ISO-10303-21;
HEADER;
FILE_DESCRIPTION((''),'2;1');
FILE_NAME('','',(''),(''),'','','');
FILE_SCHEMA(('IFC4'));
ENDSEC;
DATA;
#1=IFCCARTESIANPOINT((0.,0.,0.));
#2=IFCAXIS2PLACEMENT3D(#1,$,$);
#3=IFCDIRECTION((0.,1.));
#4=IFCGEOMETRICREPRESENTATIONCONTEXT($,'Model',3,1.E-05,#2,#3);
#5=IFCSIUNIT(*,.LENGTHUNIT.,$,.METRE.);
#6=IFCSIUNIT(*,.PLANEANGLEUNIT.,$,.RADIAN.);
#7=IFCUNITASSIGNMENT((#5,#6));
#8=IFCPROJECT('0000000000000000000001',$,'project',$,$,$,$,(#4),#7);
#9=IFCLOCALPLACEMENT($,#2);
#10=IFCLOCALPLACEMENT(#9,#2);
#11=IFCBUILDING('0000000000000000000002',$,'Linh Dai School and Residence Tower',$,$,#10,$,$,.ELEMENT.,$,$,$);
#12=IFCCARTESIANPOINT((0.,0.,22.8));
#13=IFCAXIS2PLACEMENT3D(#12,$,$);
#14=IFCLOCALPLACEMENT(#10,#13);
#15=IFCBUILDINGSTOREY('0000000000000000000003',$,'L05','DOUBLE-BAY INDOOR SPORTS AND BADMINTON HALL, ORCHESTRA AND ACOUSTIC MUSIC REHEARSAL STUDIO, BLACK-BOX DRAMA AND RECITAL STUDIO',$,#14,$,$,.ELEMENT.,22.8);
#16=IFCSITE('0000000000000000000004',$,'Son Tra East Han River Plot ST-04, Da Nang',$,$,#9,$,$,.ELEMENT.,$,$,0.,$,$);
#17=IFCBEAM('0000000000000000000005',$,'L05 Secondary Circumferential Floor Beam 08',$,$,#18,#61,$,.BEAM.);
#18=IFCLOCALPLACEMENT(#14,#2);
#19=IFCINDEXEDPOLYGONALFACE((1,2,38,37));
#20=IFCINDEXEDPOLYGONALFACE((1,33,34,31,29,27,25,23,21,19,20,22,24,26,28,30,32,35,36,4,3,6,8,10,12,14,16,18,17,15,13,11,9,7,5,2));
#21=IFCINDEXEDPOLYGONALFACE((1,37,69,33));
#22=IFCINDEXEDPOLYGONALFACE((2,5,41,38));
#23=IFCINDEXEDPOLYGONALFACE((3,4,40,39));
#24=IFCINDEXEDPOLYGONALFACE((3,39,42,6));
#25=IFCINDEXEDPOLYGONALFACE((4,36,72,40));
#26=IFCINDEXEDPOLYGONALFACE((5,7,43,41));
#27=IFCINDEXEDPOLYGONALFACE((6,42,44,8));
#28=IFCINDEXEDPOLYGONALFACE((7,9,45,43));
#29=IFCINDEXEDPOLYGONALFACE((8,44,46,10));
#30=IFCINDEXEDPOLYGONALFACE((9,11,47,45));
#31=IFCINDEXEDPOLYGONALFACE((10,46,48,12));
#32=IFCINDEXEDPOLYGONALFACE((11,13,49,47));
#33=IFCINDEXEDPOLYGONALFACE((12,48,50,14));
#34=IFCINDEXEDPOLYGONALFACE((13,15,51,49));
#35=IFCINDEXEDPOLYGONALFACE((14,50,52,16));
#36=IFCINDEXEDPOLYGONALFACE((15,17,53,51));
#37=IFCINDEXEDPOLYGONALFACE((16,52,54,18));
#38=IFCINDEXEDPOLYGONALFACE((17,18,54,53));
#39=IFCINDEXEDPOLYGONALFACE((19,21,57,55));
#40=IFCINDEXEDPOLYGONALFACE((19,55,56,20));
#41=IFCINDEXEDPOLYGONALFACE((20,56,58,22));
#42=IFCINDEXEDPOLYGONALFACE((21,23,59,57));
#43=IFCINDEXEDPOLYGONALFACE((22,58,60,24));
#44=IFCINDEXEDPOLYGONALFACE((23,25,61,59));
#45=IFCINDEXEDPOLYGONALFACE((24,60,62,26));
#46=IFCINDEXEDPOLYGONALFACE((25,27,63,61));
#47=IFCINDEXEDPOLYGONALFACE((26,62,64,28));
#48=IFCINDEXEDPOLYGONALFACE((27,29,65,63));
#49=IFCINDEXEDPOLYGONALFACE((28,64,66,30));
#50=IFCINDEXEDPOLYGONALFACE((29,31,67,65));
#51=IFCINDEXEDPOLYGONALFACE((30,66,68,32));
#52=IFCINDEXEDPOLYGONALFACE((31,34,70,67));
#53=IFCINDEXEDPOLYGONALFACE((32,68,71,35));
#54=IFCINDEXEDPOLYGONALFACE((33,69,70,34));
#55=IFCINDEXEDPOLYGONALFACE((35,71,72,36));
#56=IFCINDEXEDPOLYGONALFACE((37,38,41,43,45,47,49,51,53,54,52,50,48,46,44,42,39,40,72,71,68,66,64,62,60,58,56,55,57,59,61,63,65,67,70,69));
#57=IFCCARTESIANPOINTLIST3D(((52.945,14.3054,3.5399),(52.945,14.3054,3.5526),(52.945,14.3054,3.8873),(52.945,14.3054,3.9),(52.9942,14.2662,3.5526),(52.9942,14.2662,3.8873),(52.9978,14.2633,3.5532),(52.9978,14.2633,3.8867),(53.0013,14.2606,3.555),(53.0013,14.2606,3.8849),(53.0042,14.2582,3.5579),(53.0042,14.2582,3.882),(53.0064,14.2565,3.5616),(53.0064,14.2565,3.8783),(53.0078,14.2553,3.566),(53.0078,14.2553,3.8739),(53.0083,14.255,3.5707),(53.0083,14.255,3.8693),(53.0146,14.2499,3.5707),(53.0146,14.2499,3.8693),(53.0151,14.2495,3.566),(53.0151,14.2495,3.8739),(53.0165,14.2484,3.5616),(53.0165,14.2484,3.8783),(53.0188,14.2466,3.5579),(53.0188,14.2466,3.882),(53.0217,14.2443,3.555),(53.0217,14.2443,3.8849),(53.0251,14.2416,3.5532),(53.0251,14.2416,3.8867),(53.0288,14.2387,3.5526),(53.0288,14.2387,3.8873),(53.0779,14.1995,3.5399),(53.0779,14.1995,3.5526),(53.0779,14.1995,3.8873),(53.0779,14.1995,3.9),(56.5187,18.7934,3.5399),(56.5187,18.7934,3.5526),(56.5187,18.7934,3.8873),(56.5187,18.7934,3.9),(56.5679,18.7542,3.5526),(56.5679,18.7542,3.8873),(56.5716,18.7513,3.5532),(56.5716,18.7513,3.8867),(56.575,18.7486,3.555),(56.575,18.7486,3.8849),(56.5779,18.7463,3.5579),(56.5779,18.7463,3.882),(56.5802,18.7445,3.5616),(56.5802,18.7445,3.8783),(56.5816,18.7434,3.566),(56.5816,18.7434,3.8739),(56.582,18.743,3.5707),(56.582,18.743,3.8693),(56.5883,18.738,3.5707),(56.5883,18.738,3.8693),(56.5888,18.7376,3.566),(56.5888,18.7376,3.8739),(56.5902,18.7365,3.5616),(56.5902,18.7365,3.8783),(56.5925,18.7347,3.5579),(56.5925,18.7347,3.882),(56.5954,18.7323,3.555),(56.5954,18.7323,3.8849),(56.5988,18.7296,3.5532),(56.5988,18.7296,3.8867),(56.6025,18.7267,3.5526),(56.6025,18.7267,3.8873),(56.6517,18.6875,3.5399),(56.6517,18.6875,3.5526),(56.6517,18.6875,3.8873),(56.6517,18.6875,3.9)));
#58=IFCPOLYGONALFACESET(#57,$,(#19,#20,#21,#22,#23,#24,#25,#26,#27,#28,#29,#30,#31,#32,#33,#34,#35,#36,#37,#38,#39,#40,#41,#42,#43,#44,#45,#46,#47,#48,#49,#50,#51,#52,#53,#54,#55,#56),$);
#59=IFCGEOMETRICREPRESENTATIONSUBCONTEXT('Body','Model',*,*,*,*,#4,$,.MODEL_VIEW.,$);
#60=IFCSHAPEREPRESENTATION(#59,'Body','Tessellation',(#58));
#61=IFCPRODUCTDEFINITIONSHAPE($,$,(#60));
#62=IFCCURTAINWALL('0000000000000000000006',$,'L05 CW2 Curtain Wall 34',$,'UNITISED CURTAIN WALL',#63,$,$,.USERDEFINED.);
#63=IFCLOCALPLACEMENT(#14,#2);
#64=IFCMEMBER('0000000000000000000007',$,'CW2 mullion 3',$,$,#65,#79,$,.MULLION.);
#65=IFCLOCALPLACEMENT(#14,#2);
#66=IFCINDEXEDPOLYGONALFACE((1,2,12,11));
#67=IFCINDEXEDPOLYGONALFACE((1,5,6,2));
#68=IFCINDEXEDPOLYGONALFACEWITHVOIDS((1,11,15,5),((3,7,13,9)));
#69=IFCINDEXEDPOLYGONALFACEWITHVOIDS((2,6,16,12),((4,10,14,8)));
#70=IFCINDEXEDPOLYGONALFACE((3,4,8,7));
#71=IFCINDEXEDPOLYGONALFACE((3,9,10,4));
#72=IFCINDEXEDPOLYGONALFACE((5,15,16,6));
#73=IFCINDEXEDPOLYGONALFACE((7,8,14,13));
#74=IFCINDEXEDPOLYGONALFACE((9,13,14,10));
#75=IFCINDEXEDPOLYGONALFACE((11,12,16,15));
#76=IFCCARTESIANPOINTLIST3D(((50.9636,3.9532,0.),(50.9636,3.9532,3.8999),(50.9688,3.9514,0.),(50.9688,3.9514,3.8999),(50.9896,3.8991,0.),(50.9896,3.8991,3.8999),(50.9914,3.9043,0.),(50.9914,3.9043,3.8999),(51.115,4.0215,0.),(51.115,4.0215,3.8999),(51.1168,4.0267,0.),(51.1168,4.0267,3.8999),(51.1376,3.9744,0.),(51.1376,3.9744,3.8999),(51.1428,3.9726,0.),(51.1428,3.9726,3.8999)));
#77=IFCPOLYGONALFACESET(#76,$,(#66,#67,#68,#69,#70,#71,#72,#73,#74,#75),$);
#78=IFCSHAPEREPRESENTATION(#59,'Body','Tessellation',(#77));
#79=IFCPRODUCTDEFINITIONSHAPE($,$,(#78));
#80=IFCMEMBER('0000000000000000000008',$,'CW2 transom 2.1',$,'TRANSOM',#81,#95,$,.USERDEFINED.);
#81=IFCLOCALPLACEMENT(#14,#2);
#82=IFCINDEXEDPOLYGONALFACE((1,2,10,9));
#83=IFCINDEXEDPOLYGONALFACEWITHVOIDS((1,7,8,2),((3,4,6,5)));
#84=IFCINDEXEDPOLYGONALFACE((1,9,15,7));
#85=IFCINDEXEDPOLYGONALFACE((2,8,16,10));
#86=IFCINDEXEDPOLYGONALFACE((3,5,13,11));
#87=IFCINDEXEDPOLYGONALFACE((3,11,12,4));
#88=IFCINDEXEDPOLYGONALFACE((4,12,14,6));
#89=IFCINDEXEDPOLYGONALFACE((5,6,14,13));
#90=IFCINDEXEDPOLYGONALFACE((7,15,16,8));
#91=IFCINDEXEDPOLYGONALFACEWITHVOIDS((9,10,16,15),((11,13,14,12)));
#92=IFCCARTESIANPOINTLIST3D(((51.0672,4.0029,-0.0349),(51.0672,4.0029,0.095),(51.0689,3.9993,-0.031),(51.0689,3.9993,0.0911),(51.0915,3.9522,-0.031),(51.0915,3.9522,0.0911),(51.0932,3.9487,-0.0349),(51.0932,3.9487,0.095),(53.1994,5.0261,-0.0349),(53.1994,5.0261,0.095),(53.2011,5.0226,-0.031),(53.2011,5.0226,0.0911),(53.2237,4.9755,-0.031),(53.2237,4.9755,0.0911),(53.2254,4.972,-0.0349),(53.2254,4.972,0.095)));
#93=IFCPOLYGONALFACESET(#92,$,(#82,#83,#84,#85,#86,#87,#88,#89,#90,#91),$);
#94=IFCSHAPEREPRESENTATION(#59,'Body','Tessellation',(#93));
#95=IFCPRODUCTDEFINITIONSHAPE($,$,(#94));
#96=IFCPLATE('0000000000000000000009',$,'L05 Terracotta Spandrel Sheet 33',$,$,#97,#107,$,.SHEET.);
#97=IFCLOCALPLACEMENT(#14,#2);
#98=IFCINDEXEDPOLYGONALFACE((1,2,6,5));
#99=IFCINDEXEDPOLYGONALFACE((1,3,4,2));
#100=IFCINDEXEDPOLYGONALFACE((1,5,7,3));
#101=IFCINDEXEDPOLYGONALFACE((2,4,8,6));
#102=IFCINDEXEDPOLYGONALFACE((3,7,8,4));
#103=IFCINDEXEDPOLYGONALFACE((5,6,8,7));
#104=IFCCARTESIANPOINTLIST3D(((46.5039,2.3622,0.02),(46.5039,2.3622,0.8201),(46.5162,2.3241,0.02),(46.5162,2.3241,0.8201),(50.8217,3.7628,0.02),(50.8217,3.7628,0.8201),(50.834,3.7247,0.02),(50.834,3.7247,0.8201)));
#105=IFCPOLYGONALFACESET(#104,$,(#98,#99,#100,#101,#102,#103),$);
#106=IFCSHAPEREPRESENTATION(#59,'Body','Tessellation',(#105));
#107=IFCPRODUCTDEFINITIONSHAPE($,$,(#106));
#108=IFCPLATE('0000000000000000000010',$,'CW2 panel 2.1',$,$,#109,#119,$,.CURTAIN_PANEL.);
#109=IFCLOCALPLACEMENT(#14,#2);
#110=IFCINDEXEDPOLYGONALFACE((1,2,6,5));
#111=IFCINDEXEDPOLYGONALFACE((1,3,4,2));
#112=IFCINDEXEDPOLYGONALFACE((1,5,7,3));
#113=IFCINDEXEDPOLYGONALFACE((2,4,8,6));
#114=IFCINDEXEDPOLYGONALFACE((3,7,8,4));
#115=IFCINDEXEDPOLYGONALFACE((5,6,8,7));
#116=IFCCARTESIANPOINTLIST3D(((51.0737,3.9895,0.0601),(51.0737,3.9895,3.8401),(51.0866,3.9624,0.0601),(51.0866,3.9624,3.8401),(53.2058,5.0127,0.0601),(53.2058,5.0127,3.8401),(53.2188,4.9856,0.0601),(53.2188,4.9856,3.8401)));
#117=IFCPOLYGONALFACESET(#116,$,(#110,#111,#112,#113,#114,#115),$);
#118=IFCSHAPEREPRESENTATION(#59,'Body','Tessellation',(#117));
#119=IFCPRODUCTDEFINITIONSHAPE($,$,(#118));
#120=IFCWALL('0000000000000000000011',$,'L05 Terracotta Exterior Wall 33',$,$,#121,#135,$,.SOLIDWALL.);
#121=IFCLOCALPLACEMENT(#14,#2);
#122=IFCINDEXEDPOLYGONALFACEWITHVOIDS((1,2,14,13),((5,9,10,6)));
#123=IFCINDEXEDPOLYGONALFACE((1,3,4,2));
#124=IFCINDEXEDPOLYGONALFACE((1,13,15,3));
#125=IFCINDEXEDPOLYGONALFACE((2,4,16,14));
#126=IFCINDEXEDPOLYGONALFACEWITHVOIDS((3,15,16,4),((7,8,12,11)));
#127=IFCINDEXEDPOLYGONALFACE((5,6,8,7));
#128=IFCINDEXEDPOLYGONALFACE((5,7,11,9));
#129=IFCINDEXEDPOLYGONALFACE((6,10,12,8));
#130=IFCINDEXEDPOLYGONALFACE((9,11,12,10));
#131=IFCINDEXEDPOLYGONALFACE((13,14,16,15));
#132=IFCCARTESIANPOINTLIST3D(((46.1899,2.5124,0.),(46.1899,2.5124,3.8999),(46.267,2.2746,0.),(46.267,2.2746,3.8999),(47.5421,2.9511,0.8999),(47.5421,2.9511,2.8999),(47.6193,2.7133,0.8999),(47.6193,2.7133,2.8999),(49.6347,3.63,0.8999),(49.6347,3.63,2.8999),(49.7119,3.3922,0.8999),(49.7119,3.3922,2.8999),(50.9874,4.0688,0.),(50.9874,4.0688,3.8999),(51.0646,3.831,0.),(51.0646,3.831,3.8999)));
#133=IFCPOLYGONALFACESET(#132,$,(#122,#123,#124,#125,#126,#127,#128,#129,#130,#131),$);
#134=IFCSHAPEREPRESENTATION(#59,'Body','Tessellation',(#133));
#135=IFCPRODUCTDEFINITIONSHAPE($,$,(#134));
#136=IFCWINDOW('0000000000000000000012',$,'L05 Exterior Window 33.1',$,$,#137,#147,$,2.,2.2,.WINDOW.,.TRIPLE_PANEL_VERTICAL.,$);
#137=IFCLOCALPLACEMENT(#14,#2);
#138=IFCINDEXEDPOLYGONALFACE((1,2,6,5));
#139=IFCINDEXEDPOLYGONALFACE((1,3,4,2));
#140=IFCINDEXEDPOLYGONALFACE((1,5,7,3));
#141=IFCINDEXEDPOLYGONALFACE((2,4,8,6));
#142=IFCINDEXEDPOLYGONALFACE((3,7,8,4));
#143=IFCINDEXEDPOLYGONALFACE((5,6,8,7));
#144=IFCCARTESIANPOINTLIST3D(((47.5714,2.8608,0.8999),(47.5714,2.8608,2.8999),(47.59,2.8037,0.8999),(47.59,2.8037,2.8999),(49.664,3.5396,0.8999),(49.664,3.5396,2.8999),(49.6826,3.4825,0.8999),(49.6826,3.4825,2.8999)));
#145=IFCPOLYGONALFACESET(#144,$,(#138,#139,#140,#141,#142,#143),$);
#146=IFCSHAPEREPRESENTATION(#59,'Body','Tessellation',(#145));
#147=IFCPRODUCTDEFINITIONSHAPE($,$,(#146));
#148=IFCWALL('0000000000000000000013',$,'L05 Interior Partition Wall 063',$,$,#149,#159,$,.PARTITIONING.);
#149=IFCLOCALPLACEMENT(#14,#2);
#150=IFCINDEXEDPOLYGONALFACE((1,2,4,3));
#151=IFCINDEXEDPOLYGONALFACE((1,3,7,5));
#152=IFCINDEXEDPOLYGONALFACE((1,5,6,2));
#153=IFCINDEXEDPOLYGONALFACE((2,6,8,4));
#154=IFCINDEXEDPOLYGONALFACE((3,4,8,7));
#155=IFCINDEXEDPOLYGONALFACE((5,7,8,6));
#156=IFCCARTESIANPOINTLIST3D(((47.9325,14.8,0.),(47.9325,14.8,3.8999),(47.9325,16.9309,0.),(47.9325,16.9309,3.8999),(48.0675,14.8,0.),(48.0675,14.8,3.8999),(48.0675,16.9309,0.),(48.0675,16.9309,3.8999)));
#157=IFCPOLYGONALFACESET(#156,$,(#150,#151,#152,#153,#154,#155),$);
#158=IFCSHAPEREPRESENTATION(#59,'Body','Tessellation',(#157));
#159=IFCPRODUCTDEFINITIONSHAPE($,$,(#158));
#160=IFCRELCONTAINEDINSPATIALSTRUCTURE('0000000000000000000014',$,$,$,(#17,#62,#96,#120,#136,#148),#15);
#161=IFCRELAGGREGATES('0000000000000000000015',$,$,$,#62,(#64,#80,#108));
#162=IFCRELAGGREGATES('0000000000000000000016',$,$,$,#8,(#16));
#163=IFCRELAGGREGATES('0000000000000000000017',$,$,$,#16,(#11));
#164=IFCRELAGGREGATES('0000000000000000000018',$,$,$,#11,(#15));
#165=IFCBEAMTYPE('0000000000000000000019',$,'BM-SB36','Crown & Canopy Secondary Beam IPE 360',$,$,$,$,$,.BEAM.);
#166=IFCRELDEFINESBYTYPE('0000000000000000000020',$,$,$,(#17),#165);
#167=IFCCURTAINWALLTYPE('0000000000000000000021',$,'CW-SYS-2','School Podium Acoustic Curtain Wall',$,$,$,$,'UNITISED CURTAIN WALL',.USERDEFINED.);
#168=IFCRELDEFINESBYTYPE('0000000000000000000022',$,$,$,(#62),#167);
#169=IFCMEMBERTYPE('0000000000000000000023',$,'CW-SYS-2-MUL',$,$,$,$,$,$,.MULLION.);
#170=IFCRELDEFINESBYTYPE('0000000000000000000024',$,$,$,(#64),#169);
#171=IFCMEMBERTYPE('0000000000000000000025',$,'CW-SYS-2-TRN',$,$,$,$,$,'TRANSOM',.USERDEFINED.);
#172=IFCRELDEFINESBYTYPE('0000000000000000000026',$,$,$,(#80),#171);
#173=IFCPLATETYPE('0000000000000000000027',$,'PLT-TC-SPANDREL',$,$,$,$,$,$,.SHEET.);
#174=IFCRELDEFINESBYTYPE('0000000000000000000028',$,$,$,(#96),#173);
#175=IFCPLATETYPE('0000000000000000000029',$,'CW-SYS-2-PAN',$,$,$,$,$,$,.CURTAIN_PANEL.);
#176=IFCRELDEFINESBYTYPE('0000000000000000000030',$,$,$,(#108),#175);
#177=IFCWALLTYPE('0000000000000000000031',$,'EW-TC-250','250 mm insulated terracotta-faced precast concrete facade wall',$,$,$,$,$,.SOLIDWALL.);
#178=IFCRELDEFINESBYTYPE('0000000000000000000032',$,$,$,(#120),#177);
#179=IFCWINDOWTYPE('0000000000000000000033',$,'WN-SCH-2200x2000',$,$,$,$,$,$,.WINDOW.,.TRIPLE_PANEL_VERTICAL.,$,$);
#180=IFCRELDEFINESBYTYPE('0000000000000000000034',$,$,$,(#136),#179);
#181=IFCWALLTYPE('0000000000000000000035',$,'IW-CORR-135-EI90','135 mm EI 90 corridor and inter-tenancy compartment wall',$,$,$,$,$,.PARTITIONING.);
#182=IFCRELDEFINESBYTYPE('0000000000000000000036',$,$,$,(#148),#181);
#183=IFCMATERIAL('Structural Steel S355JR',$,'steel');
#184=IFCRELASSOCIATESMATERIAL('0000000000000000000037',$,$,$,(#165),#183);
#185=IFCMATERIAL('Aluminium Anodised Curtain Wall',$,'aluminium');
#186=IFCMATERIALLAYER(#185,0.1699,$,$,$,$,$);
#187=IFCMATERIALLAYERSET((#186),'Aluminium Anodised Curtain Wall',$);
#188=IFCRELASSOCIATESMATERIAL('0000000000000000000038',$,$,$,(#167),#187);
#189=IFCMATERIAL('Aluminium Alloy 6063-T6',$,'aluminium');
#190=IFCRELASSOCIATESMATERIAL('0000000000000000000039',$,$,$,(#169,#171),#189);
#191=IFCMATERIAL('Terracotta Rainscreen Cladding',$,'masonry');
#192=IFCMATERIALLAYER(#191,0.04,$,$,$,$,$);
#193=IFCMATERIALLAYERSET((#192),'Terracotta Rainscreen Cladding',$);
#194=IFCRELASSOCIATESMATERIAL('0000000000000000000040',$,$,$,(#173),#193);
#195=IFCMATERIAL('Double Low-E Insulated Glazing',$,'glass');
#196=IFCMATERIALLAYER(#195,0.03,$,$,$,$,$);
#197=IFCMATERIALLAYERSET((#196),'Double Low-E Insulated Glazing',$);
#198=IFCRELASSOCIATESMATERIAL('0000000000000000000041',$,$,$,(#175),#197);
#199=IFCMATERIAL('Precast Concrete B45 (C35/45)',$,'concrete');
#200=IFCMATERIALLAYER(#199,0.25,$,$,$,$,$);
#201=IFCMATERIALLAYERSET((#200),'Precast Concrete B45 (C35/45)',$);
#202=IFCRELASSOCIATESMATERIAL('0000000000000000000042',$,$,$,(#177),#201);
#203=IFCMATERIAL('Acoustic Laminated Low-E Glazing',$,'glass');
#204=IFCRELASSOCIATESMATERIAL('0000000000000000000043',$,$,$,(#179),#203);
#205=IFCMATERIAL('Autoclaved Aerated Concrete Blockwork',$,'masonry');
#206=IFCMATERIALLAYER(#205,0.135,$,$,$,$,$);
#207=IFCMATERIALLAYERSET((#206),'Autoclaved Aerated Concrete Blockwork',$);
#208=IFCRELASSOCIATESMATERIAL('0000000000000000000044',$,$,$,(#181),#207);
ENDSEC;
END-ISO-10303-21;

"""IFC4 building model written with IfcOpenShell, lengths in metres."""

from ifc_helpers import new_model, si_unit, direction, frame, frame_2d, origin, origin_2d, place, context, subcontext, project, spatial, rectangle, hollow_rectangle, i_section, extrude, source, transform, mapped, material, layer, layer_set, material_profile, profile_set, type_object, element, fill, aggregate, save


model = new_model("IFC4")

# Units and contexts
model_context = context("Model", 3, precision=1e-05, world=origin(), true_north=direction((0.0, 1.0)))
body_context = subcontext(model_context, "Body", "Model", "MODEL_VIEW")
ifc_project = project(units=[si_unit("LENGTHUNIT", "METRE"), si_unit("PLANEANGLEUNIT", "RADIAN")], contexts=[model_context])

# Site, building, storey
site_placement = place(None, origin())
site = spatial("IfcSite", under=ifc_project, at=site_placement, Name="Son Tra East Han River Plot ST-04, Da Nang", CompositionType="ELEMENT", RefElevation=0.0)
building_placement = place(site_placement, origin())
building = spatial("IfcBuilding", under=site, at=building_placement, Name="Linh Dai School and Residence Tower", CompositionType="ELEMENT")
storey_placement = place(building_placement, frame((0.0, 0.0, 22.8)))
storey = spatial("IfcBuildingStorey", under=building, at=storey_placement, Name="L05", Description="DOUBLE-BAY INDOOR SPORTS AND BADMINTON HALL, ORCHESTRA AND ACOUSTIC MUSIC REHEARSAL STUDIO, BLACK-BOX DRAMA AND RECITAL STUDIO", CompositionType="ELEMENT", Elevation=22.8)

# Beam
ifc_material_1 = material(Name="Structural Steel S355JR", Category="steel")
ifc_material_profile_1 = material_profile(ifc_material_1, i_section(OverallWidth=0.1699, OverallDepth=0.3601, WebThickness=0.0081, FlangeThickness=0.0127, FilletRadius=0.0181, at=origin_2d()), Name="IPE 360")
ifc_profile_set_1 = profile_set([ifc_material_profile_1], Name="Structural Steel S355JR")
beam_type = type_object("IfcBeamType", Name="BM-SB36", Description="Crown & Canopy Secondary Beam IPE 360", PredefinedType="BEAM", material=ifc_profile_set_1)
beam_placement = place(storey_placement, frame((53.0115, 14.2524, 3.72), z_axis=(0.622919, 0.782287, 0.0), x_axis=(-0.782287, 0.622919, 0.0)))
element("IfcBeam", 1, at=beam_placement, inside=storey, type_object=beam_type, Name="L05 Secondary Circumferential Floor Beam 08", PredefinedType="BEAM", context=body_context, shape_type="SweptSolid", body=[
    extrude(i_section(OverallWidth=0.1699, OverallDepth=0.3601, WebThickness=0.0081, FlangeThickness=0.0127, FilletRadius=0.0181, at=origin_2d()), origin(), (0.0, 0.0, 1.0), 5.7371),
])

# Curtain wall, members
ifc_material_2 = material(Name="Aluminium Anodised Curtain Wall", Category="aluminium")
ifc_layer_1 = layer(ifc_material_2, 0.1699)
ifc_layer_set_1 = layer_set([ifc_layer_1], Name="Aluminium Anodised Curtain Wall")
curtain_wall_type = type_object("IfcCurtainWallType", Name="CW-SYS-2", Description="School Podium Acoustic Curtain Wall", ElementType="UNITISED CURTAIN WALL", PredefinedType="USERDEFINED", material=ifc_layer_set_1)
curtain_wall_placement = place(storey_placement, origin())
curtain_wall = element("IfcCurtainWall", 2, at=curtain_wall_placement, inside=storey, type_object=curtain_wall_type, Name="L05 CW2 Curtain Wall 34", ObjectType="UNITISED CURTAIN WALL", PredefinedType="USERDEFINED")
ifc_material_3 = material(Name="Aluminium Alloy 6063-T6", Category="aluminium")
ifc_material_profile_2 = material_profile(ifc_material_3, hollow_rectangle(XDim=0.0601, YDim=0.1699, WallThickness=0.0039, at=origin_2d()), Name="RHS 170x60x4")
ifc_profile_set_2 = profile_set([ifc_material_profile_2], Name="Aluminium Alloy 6063-T6")
member_type_1 = type_object("IfcMemberType", Name="CW-SYS-2-MUL", PredefinedType="MULLION", material=ifc_profile_set_2)
shared_shape_1 = source(origin(), body_context, "Body", "SweptSolid", [
    extrude(hollow_rectangle(XDim=0.0601, YDim=0.1699, WallThickness=0.0039, at=origin_2d()), origin(), (0.0, 0.0, 1.0), 3.8999),
])
member_1_placement = place(storey_placement, frame((51.0532, 3.9629, 0.0), z_axis=(0.0, 0.0, 1.0), x_axis=(0.432657, -0.901558, 0.0)))
member_1 = element("IfcMember", 3, at=member_1_placement, type_object=member_type_1, Name="CW2 mullion 3", PredefinedType="MULLION", context=body_context, shape_type="MappedRepresentation", body=[
    mapped(shared_shape_1, transform((0.0, 0.0, 0.0), x_axis=(1.0, 0.0, 0.0), y_axis=(0.0, 1.0, 0.0), z_axis=(0.0, 0.0, 1.0), scale=1.0)),
])
ifc_material_profile_3 = material_profile(ifc_material_3, hollow_rectangle(XDim=0.0601, YDim=0.1299, WallThickness=0.0039, at=origin_2d()), Name="RHS 130x60x4")
ifc_profile_set_3 = profile_set([ifc_material_profile_3], Name="Aluminium Alloy 6063-T6")
member_type_2 = type_object("IfcMemberType", Name="CW-SYS-2-TRN", ElementType="TRANSOM", PredefinedType="USERDEFINED", material=ifc_profile_set_3)
shared_shape_2 = source(origin(), body_context, "Body", "SweptSolid", [
    extrude(hollow_rectangle(XDim=0.0601, YDim=0.1299, WallThickness=0.0039, at=origin_2d()), origin(), (0.0, 0.0, 1.0), 2.365),
])
member_2_placement = place(storey_placement, frame((53.2124, 4.999, 0.03), z_axis=(-0.901557, -0.432661, 0.0), x_axis=(0.432661, -0.901557, 0.0)))
member_2 = element("IfcMember", 4, at=member_2_placement, type_object=member_type_2, Name="CW2 transom 2.1", ObjectType="TRANSOM", PredefinedType="USERDEFINED", context=body_context, shape_type="MappedRepresentation", body=[
    mapped(shared_shape_2, transform((0.0, 0.0, 0.0), x_axis=(1.0, 0.0, 0.0), y_axis=(0.0, 1.0, 0.0), z_axis=(0.0, 0.0, 1.0), scale=1.0)),
])

# Plates
ifc_material_4 = material(Name="Terracotta Rainscreen Cladding", Category="masonry")
ifc_layer_2 = layer(ifc_material_4, 0.04)
ifc_layer_set_2 = layer_set([ifc_layer_2], Name="Terracotta Rainscreen Cladding")
plate_type_1 = type_object("IfcPlateType", Name="PLT-TC-SPANDREL", PredefinedType="SHEET", material=ifc_layer_set_2)
shared_shape_3 = source(origin(), body_context, "Body", "SweptSolid", [
    extrude(rectangle(XDim=4.5393, YDim=0.04, at=origin_2d()), origin(), (0.0, 0.0, 1.0), 0.8),
])
plate_1_placement = place(storey_placement, frame((48.6689, 3.0435, 0.02), z_axis=(0.0, 0.0, 1.0), x_axis=(-0.951207, -0.308554, 0.0)))
element("IfcPlate", 5, at=plate_1_placement, inside=storey, type_object=plate_type_1, Name="L05 Terracotta Spandrel Sheet 33", PredefinedType="SHEET", context=body_context, shape_type="MappedRepresentation", body=[
    mapped(shared_shape_3, transform((0.0, 0.0, 0.0), x_axis=(1.0, 0.0, 0.0), y_axis=(0.0, 1.0, 0.0), z_axis=(0.0, 0.0, 1.0), scale=1.0)),
])
ifc_material_5 = material(Name="Double Low-E Insulated Glazing", Category="glass")
ifc_layer_3 = layer(ifc_material_5, 0.03)
ifc_layer_set_3 = layer_set([ifc_layer_3], Name="Double Low-E Insulated Glazing")
plate_type_2 = type_object("IfcPlateType", Name="CW-SYS-2-PAN", PredefinedType="CURTAIN_PANEL", material=ifc_layer_set_3)
shared_shape_4 = source(origin(), body_context, "Body", "SweptSolid", [
    extrude(rectangle(XDim=2.365, YDim=0.03, at=origin_2d()), origin(), (0.0, 0.0, 1.0), 3.78),
])
plate_2_placement = place(storey_placement, frame((52.1462, 4.4875, 0.0601), z_axis=(0.0, 0.0, 1.0), x_axis=(-0.901558, -0.432657, 0.0)))
plate_2 = element("IfcPlate", 6, at=plate_2_placement, type_object=plate_type_2, Name="CW2 panel 2.1", PredefinedType="CURTAIN_PANEL", context=body_context, shape_type="MappedRepresentation", body=[
    mapped(shared_shape_4, transform((0.0, 0.0, 0.0), x_axis=(1.0, 0.0, 0.0), y_axis=(0.0, 1.0, 0.0), z_axis=(0.0, 0.0, 1.0), scale=1.0)),
])
aggregate(curtain_wall, [member_1, member_2, plate_2])

# Wall, opening, window
ifc_material_6 = material(Name="Precast Concrete B45 (C35/45)", Category="concrete")
ifc_layer_4 = layer(ifc_material_6, 0.25)
ifc_layer_set_4 = layer_set([ifc_layer_4], Name="Precast Concrete B45 (C35/45)")
wall_type_1 = type_object("IfcWallType", Name="EW-TC-250", Description="250 mm insulated terracotta-faced precast concrete facade wall", PredefinedType="SOLIDWALL", material=ifc_layer_set_4)
wall_1_placement = place(storey_placement, frame((51.0261, 3.95, 0.0), z_axis=(0.0, 0.0, 1.0), x_axis=(-0.951199, -0.308579, 0.0)))
wall_1 = element("IfcWall", 7, at=wall_1_placement, inside=storey, type_object=wall_type_1, Name="L05 Terracotta Exterior Wall 33", PredefinedType="SOLIDWALL", context=body_context, shape_type="SweptSolid", body=[
    extrude(rectangle(XDim=5.0437, YDim=0.25, at=frame_2d((2.522, 0.0))), origin(), (0.0, 0.0, 1.0), 3.8999),
])
opening_1_placement = place(wall_1_placement, frame((1.4221, 0.0, 0.8999)))
opening_1 = element("IfcOpeningElement", 8, at=opening_1_placement, cuts=wall_1, PredefinedType="OPENING", context=body_context, shape_type="SweptSolid", body=[
    extrude(rectangle(XDim=2.2, YDim=2.0, at=origin_2d()), frame((1.1001, 0.135, 1.0), z_axis=(0.0, -1.0, 0.0), x_axis=(1.0, 0.0, 0.0)), (0.0, 0.0, 1.0), 0.27),
])
ifc_material_7 = material(Name="Acoustic Laminated Low-E Glazing", Category="glass")
window_type = type_object("IfcWindowType", Name="WN-SCH-2200x2000", PartitioningType="TRIPLE_PANEL_VERTICAL", PredefinedType="WINDOW", material=ifc_material_7)
shared_shape_5 = source(origin(), body_context, "Body", "SweptSolid", [
    extrude(rectangle(XDim=2.2, YDim=2.0, at=origin_2d()), frame((1.1001, 0.03, 1.0), z_axis=(0.0, -1.0, 0.0), x_axis=(1.0, 0.0, 0.0)), (0.0, 0.0, 1.0), 0.0601),
])
window_placement = place(opening_1_placement, origin())
window = element("IfcWindow", 9, at=window_placement, inside=storey, type_object=window_type, Name="L05 Exterior Window 33.1", OverallHeight=2.0, OverallWidth=2.2, PartitioningType="TRIPLE_PANEL_VERTICAL", PredefinedType="WINDOW", context=body_context, shape_type="MappedRepresentation", body=[
    mapped(shared_shape_5, transform((0.0, 0.0, 0.0), x_axis=(1.0, 0.0, 0.0), y_axis=(0.0, 1.0, 0.0), z_axis=(0.0, 0.0, 1.0), scale=1.0)),
])
fill(opening_1, window)

# Wall
ifc_material_8 = material(Name="Autoclaved Aerated Concrete Blockwork", Category="masonry")
ifc_layer_5 = layer(ifc_material_8, 0.135)
ifc_layer_set_5 = layer_set([ifc_layer_5], Name="Autoclaved Aerated Concrete Blockwork")
wall_type_2 = type_object("IfcWallType", Name="IW-CORR-135-EI90", Description="135 mm EI 90 corridor and inter-tenancy compartment wall", PredefinedType="PARTITIONING", material=ifc_layer_set_5)
wall_2_placement = place(storey_placement, frame((48.0, 14.8, 0.0), z_axis=(0.0, 0.0, 1.0), x_axis=(0.0, 1.0, 0.0)))
element("IfcWall", 10, at=wall_2_placement, inside=storey, type_object=wall_type_2, Name="L05 Interior Partition Wall 063", PredefinedType="PARTITIONING", context=body_context, shape_type="SweptSolid", body=[
    extrude(rectangle(XDim=2.1309, YDim=0.135, at=frame_2d((1.0654, 0.0))), origin(), (0.0, 0.0, 1.0), 3.8999),
])

save(model, "model.ifc")
